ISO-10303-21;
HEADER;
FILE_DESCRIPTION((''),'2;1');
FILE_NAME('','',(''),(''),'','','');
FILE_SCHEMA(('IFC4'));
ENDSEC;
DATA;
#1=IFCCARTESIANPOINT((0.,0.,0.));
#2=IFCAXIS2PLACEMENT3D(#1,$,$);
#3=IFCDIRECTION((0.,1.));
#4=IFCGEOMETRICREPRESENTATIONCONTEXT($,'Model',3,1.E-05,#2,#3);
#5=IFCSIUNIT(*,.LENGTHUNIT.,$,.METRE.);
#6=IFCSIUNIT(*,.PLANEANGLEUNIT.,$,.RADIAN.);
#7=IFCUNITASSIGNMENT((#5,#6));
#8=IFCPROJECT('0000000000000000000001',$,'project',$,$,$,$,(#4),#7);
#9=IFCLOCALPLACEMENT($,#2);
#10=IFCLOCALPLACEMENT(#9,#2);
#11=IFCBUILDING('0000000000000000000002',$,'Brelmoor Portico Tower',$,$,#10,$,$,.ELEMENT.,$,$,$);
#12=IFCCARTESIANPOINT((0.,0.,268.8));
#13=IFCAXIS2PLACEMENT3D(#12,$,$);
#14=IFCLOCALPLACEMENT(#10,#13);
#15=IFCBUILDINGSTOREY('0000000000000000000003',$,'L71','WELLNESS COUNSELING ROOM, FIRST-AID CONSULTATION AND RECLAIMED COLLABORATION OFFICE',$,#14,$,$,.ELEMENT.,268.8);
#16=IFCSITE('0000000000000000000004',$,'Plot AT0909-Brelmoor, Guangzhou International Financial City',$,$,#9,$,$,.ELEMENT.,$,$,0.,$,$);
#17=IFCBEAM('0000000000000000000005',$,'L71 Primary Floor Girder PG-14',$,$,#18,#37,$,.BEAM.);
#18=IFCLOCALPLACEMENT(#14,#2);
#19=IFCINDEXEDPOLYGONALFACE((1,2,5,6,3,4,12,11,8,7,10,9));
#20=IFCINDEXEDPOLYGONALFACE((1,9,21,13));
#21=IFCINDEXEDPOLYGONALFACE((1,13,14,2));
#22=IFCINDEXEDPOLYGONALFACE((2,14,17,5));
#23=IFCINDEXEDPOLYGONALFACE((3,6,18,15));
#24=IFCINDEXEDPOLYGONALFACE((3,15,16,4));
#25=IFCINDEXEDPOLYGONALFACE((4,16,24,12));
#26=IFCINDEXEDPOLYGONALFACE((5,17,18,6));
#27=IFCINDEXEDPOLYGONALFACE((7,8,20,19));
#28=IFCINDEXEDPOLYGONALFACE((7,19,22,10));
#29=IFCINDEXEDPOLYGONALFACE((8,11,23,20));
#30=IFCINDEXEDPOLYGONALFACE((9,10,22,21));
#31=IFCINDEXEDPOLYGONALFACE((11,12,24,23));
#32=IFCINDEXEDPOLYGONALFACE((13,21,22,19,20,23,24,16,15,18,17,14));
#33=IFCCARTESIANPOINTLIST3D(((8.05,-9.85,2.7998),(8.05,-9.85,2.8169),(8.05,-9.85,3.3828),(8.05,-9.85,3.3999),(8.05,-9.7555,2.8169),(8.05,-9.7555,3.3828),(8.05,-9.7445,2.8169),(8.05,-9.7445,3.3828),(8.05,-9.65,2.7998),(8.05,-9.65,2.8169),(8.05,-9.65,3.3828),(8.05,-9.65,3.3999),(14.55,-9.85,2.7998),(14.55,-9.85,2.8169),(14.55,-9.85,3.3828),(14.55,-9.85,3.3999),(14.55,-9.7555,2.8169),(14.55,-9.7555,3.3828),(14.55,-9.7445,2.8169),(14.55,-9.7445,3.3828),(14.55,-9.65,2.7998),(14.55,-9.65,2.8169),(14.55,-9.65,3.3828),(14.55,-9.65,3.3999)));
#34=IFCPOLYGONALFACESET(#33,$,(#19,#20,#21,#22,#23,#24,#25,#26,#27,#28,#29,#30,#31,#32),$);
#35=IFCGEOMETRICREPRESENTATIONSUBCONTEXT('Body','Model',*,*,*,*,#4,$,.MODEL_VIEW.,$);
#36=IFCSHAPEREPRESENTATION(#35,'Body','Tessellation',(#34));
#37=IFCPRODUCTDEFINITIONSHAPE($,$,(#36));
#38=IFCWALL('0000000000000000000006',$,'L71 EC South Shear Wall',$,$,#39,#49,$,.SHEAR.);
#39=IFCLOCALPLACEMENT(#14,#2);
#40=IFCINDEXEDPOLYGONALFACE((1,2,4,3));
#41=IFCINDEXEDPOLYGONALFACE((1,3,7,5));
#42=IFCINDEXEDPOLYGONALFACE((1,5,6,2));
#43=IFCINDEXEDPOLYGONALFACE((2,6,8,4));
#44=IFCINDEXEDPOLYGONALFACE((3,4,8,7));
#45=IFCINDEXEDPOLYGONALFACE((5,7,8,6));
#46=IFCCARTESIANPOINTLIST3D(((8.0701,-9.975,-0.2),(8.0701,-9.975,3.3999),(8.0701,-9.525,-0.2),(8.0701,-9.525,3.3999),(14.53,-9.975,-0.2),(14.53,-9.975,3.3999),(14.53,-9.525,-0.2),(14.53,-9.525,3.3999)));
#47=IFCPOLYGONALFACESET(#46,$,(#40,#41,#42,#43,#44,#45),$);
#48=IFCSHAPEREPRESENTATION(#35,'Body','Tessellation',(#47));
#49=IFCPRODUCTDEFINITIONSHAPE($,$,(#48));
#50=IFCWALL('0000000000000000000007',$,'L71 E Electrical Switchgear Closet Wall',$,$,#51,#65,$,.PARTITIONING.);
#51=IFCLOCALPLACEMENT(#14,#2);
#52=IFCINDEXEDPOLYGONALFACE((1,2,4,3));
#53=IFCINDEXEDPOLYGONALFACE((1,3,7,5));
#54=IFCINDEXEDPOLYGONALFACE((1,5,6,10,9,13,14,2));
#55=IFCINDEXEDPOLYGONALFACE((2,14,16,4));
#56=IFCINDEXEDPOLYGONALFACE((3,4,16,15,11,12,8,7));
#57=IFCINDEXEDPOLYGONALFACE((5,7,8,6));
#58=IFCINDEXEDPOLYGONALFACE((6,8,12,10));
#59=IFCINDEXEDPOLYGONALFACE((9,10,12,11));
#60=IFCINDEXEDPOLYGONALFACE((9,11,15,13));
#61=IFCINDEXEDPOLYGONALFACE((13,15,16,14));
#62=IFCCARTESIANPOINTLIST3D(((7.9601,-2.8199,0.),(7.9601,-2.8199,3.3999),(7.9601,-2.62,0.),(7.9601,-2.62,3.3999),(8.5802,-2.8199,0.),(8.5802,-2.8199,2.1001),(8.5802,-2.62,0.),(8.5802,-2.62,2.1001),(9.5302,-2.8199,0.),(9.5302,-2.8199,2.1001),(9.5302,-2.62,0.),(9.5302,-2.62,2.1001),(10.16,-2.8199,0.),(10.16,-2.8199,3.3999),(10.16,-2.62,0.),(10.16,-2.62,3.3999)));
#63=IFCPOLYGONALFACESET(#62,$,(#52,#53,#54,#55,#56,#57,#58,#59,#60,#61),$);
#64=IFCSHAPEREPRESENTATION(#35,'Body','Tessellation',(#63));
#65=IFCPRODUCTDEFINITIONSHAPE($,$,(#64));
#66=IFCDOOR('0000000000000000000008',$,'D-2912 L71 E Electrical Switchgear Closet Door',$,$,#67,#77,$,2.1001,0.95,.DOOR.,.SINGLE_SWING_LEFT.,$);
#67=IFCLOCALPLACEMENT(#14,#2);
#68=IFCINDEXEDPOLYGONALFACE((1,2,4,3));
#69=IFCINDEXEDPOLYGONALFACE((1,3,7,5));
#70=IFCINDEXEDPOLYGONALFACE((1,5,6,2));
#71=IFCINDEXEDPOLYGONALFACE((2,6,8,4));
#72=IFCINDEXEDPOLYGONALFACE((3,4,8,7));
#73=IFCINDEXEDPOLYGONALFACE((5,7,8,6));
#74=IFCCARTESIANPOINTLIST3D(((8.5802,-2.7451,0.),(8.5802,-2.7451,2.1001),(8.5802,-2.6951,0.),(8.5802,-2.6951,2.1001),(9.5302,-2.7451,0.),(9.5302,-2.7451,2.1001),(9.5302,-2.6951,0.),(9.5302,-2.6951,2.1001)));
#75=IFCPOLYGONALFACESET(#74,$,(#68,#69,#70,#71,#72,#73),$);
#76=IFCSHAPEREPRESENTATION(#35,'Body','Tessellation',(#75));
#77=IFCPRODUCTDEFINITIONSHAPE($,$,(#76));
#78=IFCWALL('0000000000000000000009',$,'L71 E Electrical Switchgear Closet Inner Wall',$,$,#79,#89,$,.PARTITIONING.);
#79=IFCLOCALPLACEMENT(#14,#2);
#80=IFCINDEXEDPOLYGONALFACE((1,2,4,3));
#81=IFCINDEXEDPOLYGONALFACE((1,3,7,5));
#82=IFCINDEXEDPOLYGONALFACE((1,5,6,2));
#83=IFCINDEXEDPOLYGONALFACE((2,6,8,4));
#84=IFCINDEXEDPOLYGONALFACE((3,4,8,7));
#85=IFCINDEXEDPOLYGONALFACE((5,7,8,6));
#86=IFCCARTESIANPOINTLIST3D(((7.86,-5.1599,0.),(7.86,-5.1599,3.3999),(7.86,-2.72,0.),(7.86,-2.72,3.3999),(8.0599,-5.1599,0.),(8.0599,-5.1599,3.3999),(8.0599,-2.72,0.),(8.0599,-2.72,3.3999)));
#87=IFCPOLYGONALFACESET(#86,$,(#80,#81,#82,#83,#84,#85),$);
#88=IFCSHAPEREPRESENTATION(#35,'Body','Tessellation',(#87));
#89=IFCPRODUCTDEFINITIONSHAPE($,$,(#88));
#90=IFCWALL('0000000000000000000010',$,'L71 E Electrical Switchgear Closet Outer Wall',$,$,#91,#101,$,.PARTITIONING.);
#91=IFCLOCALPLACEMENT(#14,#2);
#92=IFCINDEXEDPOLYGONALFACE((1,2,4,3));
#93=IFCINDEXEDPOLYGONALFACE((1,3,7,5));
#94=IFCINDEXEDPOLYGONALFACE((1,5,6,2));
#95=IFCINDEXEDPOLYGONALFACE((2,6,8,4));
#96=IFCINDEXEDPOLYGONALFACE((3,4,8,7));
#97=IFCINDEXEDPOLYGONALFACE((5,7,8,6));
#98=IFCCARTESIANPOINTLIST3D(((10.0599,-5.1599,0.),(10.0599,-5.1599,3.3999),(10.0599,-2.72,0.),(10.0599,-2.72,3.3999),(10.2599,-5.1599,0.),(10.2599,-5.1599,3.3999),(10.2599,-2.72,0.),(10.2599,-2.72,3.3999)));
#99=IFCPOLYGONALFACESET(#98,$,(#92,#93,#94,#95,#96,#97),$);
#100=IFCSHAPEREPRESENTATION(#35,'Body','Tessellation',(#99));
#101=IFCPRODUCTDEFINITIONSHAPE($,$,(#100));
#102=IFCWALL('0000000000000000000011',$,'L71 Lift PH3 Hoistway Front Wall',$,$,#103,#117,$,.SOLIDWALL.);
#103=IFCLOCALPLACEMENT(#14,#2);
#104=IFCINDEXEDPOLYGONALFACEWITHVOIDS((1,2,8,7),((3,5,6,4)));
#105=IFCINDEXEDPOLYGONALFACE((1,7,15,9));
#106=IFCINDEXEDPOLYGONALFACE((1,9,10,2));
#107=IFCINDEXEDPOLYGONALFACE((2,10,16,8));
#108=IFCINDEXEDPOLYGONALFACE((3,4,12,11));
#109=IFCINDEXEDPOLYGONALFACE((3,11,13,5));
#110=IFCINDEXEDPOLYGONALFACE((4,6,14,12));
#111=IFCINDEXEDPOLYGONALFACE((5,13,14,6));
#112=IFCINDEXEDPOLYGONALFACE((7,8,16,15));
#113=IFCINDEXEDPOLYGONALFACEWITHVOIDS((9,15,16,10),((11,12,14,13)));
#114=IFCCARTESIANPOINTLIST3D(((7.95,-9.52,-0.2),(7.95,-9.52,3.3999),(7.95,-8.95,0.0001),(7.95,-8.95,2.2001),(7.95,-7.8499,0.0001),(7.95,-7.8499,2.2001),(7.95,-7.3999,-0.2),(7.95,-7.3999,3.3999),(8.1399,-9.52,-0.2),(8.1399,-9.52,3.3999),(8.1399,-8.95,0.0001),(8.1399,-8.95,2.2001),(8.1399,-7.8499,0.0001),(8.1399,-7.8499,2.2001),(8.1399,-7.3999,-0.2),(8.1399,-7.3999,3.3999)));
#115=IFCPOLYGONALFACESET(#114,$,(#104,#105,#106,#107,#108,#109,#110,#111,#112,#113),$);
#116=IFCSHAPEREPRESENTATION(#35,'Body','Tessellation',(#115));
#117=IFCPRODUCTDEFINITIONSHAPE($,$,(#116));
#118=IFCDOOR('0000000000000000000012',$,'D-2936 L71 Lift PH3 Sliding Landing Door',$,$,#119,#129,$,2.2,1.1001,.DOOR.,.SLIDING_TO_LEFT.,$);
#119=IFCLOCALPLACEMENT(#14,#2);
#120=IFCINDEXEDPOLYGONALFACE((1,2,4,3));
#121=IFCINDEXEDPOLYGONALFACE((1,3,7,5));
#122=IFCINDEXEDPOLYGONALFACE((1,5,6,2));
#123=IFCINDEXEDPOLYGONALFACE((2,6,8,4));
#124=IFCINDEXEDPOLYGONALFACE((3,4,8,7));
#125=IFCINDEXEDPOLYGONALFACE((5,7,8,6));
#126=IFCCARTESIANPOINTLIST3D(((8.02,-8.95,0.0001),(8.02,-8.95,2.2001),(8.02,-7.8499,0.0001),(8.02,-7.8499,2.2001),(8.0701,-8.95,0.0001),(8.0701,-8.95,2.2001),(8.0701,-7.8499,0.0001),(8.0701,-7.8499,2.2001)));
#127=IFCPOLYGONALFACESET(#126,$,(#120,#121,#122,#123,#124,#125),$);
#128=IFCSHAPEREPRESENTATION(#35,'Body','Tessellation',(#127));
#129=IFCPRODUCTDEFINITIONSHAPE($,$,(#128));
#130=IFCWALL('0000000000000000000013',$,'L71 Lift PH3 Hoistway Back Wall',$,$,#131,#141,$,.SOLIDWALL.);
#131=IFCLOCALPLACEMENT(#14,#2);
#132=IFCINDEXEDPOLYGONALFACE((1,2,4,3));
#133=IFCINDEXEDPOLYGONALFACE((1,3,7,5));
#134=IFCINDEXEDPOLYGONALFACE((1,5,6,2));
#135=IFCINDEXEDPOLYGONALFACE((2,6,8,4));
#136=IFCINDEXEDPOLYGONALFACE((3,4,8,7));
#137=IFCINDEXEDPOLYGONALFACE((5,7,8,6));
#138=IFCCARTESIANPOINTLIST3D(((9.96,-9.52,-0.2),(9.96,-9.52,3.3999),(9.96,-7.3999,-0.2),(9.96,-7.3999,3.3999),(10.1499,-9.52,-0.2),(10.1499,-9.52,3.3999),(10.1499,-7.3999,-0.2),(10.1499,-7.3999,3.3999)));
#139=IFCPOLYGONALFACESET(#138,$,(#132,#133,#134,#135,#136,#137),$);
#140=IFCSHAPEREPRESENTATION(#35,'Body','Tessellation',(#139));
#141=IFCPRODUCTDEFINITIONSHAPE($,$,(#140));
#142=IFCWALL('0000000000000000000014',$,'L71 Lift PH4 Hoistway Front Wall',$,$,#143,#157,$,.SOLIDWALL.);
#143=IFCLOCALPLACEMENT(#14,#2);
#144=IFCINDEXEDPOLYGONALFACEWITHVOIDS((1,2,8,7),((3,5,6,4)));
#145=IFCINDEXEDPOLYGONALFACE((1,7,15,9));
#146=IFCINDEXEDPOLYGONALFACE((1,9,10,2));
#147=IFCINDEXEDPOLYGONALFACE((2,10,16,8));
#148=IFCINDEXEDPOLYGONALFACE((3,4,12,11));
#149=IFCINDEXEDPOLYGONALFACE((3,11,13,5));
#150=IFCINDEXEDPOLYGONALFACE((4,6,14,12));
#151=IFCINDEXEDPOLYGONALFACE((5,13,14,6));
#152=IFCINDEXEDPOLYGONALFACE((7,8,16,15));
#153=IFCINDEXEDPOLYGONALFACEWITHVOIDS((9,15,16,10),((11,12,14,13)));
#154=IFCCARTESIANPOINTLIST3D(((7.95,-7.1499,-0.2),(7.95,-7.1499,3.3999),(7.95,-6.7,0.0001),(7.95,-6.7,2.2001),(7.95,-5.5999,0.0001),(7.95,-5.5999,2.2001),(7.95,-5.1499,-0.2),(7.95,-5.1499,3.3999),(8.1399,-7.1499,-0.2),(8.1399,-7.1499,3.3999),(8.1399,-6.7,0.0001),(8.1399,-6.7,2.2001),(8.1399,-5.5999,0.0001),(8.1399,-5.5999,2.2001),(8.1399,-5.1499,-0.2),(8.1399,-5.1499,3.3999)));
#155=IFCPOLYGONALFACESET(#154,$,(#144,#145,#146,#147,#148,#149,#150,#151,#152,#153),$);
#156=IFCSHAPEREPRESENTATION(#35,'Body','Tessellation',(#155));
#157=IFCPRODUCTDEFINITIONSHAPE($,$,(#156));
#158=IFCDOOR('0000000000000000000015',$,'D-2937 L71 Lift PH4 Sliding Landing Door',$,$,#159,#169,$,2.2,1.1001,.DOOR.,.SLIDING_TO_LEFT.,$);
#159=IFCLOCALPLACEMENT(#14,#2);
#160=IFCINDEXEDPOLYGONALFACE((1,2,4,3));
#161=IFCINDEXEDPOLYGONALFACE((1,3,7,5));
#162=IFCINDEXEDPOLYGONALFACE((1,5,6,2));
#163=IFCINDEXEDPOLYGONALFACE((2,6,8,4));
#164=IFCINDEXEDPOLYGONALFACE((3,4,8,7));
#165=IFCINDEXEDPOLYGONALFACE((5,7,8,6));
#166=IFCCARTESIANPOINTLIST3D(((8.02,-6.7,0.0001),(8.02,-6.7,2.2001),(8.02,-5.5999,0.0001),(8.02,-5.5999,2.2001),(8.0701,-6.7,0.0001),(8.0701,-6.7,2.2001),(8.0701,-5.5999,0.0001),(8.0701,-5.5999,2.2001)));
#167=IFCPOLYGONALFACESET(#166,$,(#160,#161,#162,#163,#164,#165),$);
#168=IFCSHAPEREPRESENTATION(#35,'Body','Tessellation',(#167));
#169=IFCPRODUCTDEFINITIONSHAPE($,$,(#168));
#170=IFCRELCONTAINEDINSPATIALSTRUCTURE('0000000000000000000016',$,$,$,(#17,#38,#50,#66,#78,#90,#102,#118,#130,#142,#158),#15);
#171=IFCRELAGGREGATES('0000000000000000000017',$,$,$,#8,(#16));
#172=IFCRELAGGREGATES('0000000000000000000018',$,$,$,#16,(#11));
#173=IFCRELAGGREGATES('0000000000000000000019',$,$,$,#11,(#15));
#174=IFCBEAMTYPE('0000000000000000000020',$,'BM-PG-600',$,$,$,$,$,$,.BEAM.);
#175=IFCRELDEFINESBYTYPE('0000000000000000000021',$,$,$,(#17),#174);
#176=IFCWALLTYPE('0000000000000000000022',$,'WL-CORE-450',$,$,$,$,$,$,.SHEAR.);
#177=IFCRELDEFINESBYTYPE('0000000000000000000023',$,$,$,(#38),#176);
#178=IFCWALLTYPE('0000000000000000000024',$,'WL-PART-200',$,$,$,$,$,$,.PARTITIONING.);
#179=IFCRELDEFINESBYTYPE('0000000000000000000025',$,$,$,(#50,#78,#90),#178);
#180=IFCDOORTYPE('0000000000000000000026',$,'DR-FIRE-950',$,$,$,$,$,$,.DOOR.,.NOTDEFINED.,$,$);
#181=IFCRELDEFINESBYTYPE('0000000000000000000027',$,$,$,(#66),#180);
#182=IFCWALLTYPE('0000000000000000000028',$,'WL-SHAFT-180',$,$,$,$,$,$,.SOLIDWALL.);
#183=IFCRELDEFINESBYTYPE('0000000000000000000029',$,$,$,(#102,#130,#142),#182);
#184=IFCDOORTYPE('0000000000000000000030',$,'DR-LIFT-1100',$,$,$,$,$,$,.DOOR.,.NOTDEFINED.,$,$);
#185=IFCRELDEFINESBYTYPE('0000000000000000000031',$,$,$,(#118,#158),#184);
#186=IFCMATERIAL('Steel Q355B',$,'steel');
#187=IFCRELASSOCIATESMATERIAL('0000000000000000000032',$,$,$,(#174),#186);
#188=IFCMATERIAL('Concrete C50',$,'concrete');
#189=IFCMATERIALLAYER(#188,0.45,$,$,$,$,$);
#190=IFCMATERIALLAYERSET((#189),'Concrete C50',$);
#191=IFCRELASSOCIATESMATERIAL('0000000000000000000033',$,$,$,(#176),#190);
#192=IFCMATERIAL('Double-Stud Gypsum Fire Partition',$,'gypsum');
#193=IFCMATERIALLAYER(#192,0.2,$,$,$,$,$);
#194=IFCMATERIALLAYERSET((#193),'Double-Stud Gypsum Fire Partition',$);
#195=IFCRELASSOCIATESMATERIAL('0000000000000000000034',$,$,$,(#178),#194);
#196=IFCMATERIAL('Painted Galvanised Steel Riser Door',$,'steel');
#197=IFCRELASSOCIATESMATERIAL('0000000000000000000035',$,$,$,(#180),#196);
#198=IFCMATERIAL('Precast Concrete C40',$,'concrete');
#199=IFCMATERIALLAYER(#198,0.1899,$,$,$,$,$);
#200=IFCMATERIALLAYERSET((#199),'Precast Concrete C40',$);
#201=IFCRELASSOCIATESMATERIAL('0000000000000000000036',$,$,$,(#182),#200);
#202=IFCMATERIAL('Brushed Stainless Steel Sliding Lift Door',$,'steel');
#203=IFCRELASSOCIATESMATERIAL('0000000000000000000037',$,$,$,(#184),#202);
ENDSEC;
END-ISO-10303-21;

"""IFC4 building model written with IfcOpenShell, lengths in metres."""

from ifc_helpers import new_model, si_unit, direction, frame, frame_2d, origin, origin_2d, place, context, subcontext, project, spatial, rectangle, i_section, extrude, material, layer, layer_set, material_profile, profile_set, type_object, element, fill, save


model = new_model("IFC4")

# Units and contexts
model_context = context("Model", 3, precision=1e-05, world=origin(), true_north=direction((0.0, 1.0)))
body_context = subcontext(model_context, "Body", "Model", "MODEL_VIEW")
ifc_project = project(units=[si_unit("LENGTHUNIT", "METRE"), si_unit("PLANEANGLEUNIT", "RADIAN")], contexts=[model_context])

# Site, building, storey
site_placement = place(None, origin())
site = spatial("IfcSite", under=ifc_project, at=site_placement, Name="Plot AT0909-Brelmoor, Guangzhou International Financial City", CompositionType="ELEMENT", RefElevation=0.0)
building_placement = place(site_placement, origin())
building = spatial("IfcBuilding", under=site, at=building_placement, Name="Brelmoor Portico Tower", CompositionType="ELEMENT")
storey_placement = place(building_placement, frame((0.0, 0.0, 268.8)))
storey = spatial("IfcBuildingStorey", under=building, at=storey_placement, Name="L71", Description="WELLNESS COUNSELING ROOM, FIRST-AID CONSULTATION AND RECLAIMED COLLABORATION OFFICE", CompositionType="ELEMENT", Elevation=268.8)

# Beam
ifc_material_1 = material(Name="Steel Q355B", Category="steel")
ifc_material_profile = material_profile(ifc_material_1, i_section(OverallWidth=0.2, OverallDepth=0.6001, WebThickness=0.011, FlangeThickness=0.0171, at=origin_2d()), Name="HN 600x200x11x17")
ifc_profile_set = profile_set([ifc_material_profile], Name="Steel Q355B")
beam_type = type_object("IfcBeamType", Name="BM-PG-600", PredefinedType="BEAM", material=ifc_profile_set)
beam_placement = place(storey_placement, frame((8.05, -9.75, 3.0999), z_axis=(1.0, 0.0, 0.0), x_axis=(0.0, 1.0, 0.0)))
element("IfcBeam", 1, at=beam_placement, inside=storey, type_object=beam_type, Name="L71 Primary Floor Girder PG-14", PredefinedType="BEAM", context=body_context, shape_type="SweptSolid", body=[
    extrude(i_section(OverallWidth=0.2, OverallDepth=0.6001, WebThickness=0.011, FlangeThickness=0.0171, at=origin_2d()), origin(), (0.0, 0.0, 1.0), 6.5),
])

# Wall
ifc_material_2 = material(Name="Concrete C50", Category="concrete")
ifc_layer_1 = layer(ifc_material_2, 0.45)
ifc_layer_set_1 = layer_set([ifc_layer_1], Name="Concrete C50")
wall_type_1 = type_object("IfcWallType", Name="WL-CORE-450", PredefinedType="SHEAR", material=ifc_layer_set_1)
wall_1_placement = place(storey_placement, frame((8.0701, -9.75, -0.2), z_axis=(0.0, 0.0, 1.0), x_axis=(1.0, 0.0, 0.0)))
element("IfcWall", 2, at=wall_1_placement, inside=storey, type_object=wall_type_1, Name="L71 EC South Shear Wall", PredefinedType="SHEAR", context=body_context, shape_type="SweptSolid", body=[
    extrude(rectangle(XDim=6.46, YDim=0.45, at=frame_2d((3.23, 0.0))), origin(), (0.0, 0.0, 1.0), 3.5999),
])

# Wall, opening, door
ifc_material_3 = material(Name="Double-Stud Gypsum Fire Partition", Category="gypsum")
ifc_layer_2 = layer(ifc_material_3, 0.2)
ifc_layer_set_2 = layer_set([ifc_layer_2], Name="Double-Stud Gypsum Fire Partition")
wall_type_2 = type_object("IfcWallType", Name="WL-PART-200", PredefinedType="PARTITIONING", material=ifc_layer_set_2)
wall_2_placement = place(storey_placement, frame((7.96, -2.72, 0.0), z_axis=(0.0, 0.0, 1.0), x_axis=(1.0, 0.0, 0.0)))
wall_2 = element("IfcWall", 3, at=wall_2_placement, inside=storey, type_object=wall_type_2, Name="L71 E Electrical Switchgear Closet Wall", PredefinedType="PARTITIONING", context=body_context, shape_type="SweptSolid", body=[
    extrude(rectangle(XDim=2.2, YDim=0.2, at=frame_2d((1.1001, 0.0))), origin(), (0.0, 0.0, 1.0), 3.3999),
])
opening_1_placement = place(wall_2_placement, frame((0.6201, 0.0, 0.0)))
opening_1 = element("IfcOpeningElement", 4, at=opening_1_placement, cuts=wall_2, PredefinedType="OPENING", context=body_context, shape_type="SweptSolid", body=[
    extrude(rectangle(XDim=0.95, YDim=2.1001, at=frame_2d((0.4751, 1.05))), frame((0.0, 0.1099, 0.0), z_axis=(0.0, -1.0, 0.0), x_axis=(1.0, 0.0, 0.0)), (0.0, 0.0, 1.0), 0.22),
])
ifc_material_4 = material(Name="Painted Galvanised Steel Riser Door", Category="steel")
door_type_1 = type_object("IfcDoorType", Name="DR-FIRE-950", OperationType="NOTDEFINED", PredefinedType="DOOR", material=ifc_material_4)
door_1_placement = place(opening_1_placement, origin())
door_1 = element("IfcDoor", 5, at=door_1_placement, inside=storey, type_object=door_type_1, Name="D-2912 L71 E Electrical Switchgear Closet Door", OperationType="SINGLE_SWING_LEFT", OverallHeight=2.1001, OverallWidth=0.95, PredefinedType="DOOR", context=body_context, shape_type="SweptSolid", body=[
    extrude(rectangle(XDim=0.95, YDim=2.1001, at=frame_2d((0.4751, 1.05))), frame((0.0, 0.0249, 0.0), z_axis=(0.0, -1.0, 0.0), x_axis=(1.0, 0.0, 0.0)), (0.0, 0.0, 1.0), 0.05),
])
fill(opening_1, door_1)

# Walls
for number, where, z_axis, x_axis, name in (
    (6, (7.96, -5.1599, 0.0), (0.0, 0.0, 1.0), (0.0, 1.0, 0.0), "L71 E Electrical Switchgear Closet Inner Wall"),
    (7, (10.1599, -5.1599, 0.0), (0.0, 0.0, 1.0), (0.0, 1.0, 0.0), "L71 E Electrical Switchgear Closet Outer Wall"),
):
    element("IfcWall", number, at=place(storey_placement, frame(where, z_axis=z_axis, x_axis=x_axis)), inside=storey, type_object=wall_type_2, Name=name, PredefinedType="PARTITIONING", context=body_context, shape_type="SweptSolid", body=[
        extrude(rectangle(XDim=2.4399, YDim=0.2, at=frame_2d((1.22, 0.0))), origin(), (0.0, 0.0, 1.0), 3.3999),
    ])

# Wall, opening, door
ifc_material_5 = material(Name="Precast Concrete C40", Category="concrete")
ifc_layer_3 = layer(ifc_material_5, 0.1899)
ifc_layer_set_3 = layer_set([ifc_layer_3], Name="Precast Concrete C40")
wall_type_3 = type_object("IfcWallType", Name="WL-SHAFT-180", PredefinedType="SOLIDWALL", material=ifc_layer_set_3)
wall_3_placement = place(storey_placement, frame((8.0449, -9.52, -0.2), z_axis=(0.0, 0.0, 1.0), x_axis=(0.0, 1.0, 0.0)))
wall_3 = element("IfcWall", 8, at=wall_3_placement, inside=storey, type_object=wall_type_3, Name="L71 Lift PH3 Hoistway Front Wall", PredefinedType="SOLIDWALL", context=body_context, shape_type="SweptSolid", body=[
    extrude(rectangle(XDim=2.1201, YDim=0.1899, at=frame_2d((1.0601, 0.0))), origin(), (0.0, 0.0, 1.0), 3.5999),
])
opening_2_placement = place(wall_3_placement, frame((0.5701, 0.0, 0.2)))
opening_2 = element("IfcOpeningElement", 9, at=opening_2_placement, cuts=wall_3, PredefinedType="OPENING", context=body_context, shape_type="SweptSolid", body=[
    extrude(rectangle(XDim=1.1001, YDim=2.2, at=frame_2d((0.55, 1.1001))), frame((0.0, 0.105, 0.0), z_axis=(0.0, -1.0, 0.0), x_axis=(1.0, 0.0, 0.0)), (0.0, 0.0, 1.0), 0.21),
])
ifc_material_6 = material(Name="Brushed Stainless Steel Sliding Lift Door", Category="steel")
door_type_2 = type_object("IfcDoorType", Name="DR-LIFT-1100", OperationType="NOTDEFINED", PredefinedType="DOOR", material=ifc_material_6)
door_2_placement = place(opening_2_placement, origin())
door_2 = element("IfcDoor", 10, at=door_2_placement, inside=storey, type_object=door_type_2, Name="D-2936 L71 Lift PH3 Sliding Landing Door", OperationType="SLIDING_TO_LEFT", OverallHeight=2.2, OverallWidth=1.1001, PredefinedType="DOOR", context=body_context, shape_type="SweptSolid", body=[
    extrude(rectangle(XDim=1.1001, YDim=2.2, at=frame_2d((0.55, 1.1001))), frame((0.0, 0.0249, 0.0), z_axis=(0.0, -1.0, 0.0), x_axis=(1.0, 0.0, 0.0)), (0.0, 0.0, 1.0), 0.05),
])
fill(opening_2, door_2)

# Wall
wall_4_placement = place(storey_placement, frame((10.0549, -9.52, -0.2), z_axis=(0.0, 0.0, 1.0), x_axis=(0.0, 1.0, 0.0)))
element("IfcWall", 11, at=wall_4_placement, inside=storey, type_object=wall_type_3, Name="L71 Lift PH3 Hoistway Back Wall", PredefinedType="SOLIDWALL", context=body_context, shape_type="SweptSolid", body=[
    extrude(rectangle(XDim=2.1201, YDim=0.1899, at=frame_2d((1.0601, 0.0))), origin(), (0.0, 0.0, 1.0), 3.5999),
])

# Wall, opening, door
wall_5_placement = place(storey_placement, frame((8.0449, -7.1499, -0.2), z_axis=(0.0, 0.0, 1.0), x_axis=(0.0, 1.0, 0.0)))
wall_5 = element("IfcWall", 12, at=wall_5_placement, inside=storey, type_object=wall_type_3, Name="L71 Lift PH4 Hoistway Front Wall", PredefinedType="SOLIDWALL", context=body_context, shape_type="SweptSolid", body=[
    extrude(rectangle(XDim=2.0, YDim=0.1899, at=frame_2d((1.0, 0.0))), origin(), (0.0, 0.0, 1.0), 3.5999),
])
opening_3_placement = place(wall_5_placement, frame((0.45, 0.0, 0.2)))
opening_3 = element("IfcOpeningElement", 13, at=opening_3_placement, cuts=wall_5, PredefinedType="OPENING", context=body_context, shape_type="SweptSolid", body=[
    extrude(rectangle(XDim=1.1001, YDim=2.2, at=frame_2d((0.55, 1.1001))), frame((0.0, 0.105, 0.0), z_axis=(0.0, -1.0, 0.0), x_axis=(1.0, 0.0, 0.0)), (0.0, 0.0, 1.0), 0.21),
])
door_3_placement = place(opening_3_placement, origin())
door_3 = element("IfcDoor", 14, at=door_3_placement, inside=storey, type_object=door_type_2, Name="D-2937 L71 Lift PH4 Sliding Landing Door", OperationType="SLIDING_TO_LEFT", OverallHeight=2.2, OverallWidth=1.1001, PredefinedType="DOOR", context=body_context, shape_type="SweptSolid", body=[
    extrude(rectangle(XDim=1.1001, YDim=2.2, at=frame_2d((0.55, 1.1001))), frame((0.0, 0.0249, 0.0), z_axis=(0.0, -1.0, 0.0), x_axis=(1.0, 0.0, 0.0)), (0.0, 0.0, 1.0), 0.05),
])
fill(opening_3, door_3)

save(model, "model.ifc")
